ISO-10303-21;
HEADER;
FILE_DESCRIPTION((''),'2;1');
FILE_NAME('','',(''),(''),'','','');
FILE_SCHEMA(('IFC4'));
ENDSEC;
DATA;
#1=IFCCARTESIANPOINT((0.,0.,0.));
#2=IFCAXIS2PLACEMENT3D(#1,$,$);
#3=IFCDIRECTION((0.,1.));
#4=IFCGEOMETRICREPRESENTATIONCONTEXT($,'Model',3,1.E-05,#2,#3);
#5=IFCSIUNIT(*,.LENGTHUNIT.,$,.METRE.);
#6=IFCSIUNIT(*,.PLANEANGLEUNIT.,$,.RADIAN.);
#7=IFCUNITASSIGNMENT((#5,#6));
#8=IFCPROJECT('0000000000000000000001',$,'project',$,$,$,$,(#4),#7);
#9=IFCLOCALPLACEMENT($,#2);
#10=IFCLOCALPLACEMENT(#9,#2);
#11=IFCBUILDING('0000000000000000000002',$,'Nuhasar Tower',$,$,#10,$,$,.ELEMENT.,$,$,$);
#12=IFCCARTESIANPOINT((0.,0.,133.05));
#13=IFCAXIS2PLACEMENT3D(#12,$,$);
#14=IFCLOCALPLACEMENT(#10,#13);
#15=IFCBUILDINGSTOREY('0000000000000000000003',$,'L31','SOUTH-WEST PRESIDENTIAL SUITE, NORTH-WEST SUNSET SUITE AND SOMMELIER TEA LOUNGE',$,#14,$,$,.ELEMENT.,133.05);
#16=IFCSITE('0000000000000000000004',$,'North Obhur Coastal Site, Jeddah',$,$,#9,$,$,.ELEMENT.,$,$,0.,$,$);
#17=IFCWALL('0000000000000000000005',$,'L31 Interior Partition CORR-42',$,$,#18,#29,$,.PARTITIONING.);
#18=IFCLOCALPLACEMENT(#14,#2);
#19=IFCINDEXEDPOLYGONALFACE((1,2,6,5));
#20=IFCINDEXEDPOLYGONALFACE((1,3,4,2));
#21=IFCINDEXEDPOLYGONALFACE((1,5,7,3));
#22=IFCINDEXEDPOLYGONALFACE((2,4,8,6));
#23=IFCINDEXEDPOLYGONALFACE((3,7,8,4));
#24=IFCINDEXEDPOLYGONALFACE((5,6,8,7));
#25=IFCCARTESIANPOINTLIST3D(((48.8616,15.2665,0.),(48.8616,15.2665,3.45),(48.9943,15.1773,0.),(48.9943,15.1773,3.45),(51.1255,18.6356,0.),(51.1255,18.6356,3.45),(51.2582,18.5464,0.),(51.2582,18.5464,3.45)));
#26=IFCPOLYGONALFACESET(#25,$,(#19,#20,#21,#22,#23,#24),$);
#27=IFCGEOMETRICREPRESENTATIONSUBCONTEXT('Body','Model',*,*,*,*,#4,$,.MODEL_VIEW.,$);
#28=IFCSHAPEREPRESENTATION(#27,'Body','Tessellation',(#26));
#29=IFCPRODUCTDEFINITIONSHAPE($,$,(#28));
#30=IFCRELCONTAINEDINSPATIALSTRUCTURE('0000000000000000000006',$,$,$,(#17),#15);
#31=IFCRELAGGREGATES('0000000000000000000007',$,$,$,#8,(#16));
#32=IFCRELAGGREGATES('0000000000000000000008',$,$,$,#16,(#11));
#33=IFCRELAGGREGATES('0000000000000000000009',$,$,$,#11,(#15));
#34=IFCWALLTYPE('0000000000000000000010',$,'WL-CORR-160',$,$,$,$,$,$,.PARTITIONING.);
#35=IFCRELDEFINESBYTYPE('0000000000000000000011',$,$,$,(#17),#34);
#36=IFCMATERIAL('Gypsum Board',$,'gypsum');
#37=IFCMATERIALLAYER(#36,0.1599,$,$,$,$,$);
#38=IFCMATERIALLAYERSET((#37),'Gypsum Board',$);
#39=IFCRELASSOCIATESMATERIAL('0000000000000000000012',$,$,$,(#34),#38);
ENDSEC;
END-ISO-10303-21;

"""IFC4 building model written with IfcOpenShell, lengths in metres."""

from ifc_helpers import new_model, si_unit, direction, frame, frame_2d, origin, place, context, subcontext, project, spatial, rectangle, extrude, material, layer, layer_set, type_object, element, save


model = new_model("IFC4")

# Units and contexts
model_context = context("Model", 3, precision=1e-05, world=origin(), true_north=direction((0.0, 1.0)))
body_context = subcontext(model_context, "Body", "Model", "MODEL_VIEW")
ifc_project = project(units=[si_unit("LENGTHUNIT", "METRE"), si_unit("PLANEANGLEUNIT", "RADIAN")], contexts=[model_context])

# Site, building, storey
site_placement = place(None, origin())
site = spatial("IfcSite", under=ifc_project, at=site_placement, Name="North Obhur Coastal Site, Jeddah", CompositionType="ELEMENT", RefElevation=0.0)
building_placement = place(site_placement, origin())
building = spatial("IfcBuilding", under=site, at=building_placement, Name="Nuhasar Tower", CompositionType="ELEMENT")
storey_placement = place(building_placement, frame((0.0, 0.0, 133.05)))
storey = spatial("IfcBuildingStorey", under=building, at=storey_placement, Name="L31", Description="SOUTH-WEST PRESIDENTIAL SUITE, NORTH-WEST SUNSET SUITE AND SOMMELIER TEA LOUNGE", CompositionType="ELEMENT", Elevation=133.05)

# Shared definitions
ifc_material_1 = material(Name="Gypsum Board", Category="gypsum")
ifc_layer_1 = layer(ifc_material_1, 0.1599)
ifc_layer_set_1 = layer_set([ifc_layer_1], Name="Gypsum Board")
wall_type = type_object("IfcWallType", Name="WL-CORR-160", PredefinedType="PARTITIONING", material=ifc_layer_set_1)

# Wall
wall_1_placement = place(storey_placement, frame((48.928, 15.2219, 0.0), z_axis=(0.0, 0.0, 1.0), x_axis=(0.557736, 0.830018, 0.0)))
element("IfcWall", 1, at=wall_1_placement, inside=storey, type_object=wall_type, Name="L31 Interior Partition CORR-42", PredefinedType="PARTITIONING", context=body_context, shape_type="SweptSolid", body=[
    extrude(rectangle(XDim=4.0591, YDim=0.1599, at=frame_2d((2.0295, 0.0))), origin(), (0.0, 0.0, 1.0), 3.45),
])

save(model, "model.ifc")
